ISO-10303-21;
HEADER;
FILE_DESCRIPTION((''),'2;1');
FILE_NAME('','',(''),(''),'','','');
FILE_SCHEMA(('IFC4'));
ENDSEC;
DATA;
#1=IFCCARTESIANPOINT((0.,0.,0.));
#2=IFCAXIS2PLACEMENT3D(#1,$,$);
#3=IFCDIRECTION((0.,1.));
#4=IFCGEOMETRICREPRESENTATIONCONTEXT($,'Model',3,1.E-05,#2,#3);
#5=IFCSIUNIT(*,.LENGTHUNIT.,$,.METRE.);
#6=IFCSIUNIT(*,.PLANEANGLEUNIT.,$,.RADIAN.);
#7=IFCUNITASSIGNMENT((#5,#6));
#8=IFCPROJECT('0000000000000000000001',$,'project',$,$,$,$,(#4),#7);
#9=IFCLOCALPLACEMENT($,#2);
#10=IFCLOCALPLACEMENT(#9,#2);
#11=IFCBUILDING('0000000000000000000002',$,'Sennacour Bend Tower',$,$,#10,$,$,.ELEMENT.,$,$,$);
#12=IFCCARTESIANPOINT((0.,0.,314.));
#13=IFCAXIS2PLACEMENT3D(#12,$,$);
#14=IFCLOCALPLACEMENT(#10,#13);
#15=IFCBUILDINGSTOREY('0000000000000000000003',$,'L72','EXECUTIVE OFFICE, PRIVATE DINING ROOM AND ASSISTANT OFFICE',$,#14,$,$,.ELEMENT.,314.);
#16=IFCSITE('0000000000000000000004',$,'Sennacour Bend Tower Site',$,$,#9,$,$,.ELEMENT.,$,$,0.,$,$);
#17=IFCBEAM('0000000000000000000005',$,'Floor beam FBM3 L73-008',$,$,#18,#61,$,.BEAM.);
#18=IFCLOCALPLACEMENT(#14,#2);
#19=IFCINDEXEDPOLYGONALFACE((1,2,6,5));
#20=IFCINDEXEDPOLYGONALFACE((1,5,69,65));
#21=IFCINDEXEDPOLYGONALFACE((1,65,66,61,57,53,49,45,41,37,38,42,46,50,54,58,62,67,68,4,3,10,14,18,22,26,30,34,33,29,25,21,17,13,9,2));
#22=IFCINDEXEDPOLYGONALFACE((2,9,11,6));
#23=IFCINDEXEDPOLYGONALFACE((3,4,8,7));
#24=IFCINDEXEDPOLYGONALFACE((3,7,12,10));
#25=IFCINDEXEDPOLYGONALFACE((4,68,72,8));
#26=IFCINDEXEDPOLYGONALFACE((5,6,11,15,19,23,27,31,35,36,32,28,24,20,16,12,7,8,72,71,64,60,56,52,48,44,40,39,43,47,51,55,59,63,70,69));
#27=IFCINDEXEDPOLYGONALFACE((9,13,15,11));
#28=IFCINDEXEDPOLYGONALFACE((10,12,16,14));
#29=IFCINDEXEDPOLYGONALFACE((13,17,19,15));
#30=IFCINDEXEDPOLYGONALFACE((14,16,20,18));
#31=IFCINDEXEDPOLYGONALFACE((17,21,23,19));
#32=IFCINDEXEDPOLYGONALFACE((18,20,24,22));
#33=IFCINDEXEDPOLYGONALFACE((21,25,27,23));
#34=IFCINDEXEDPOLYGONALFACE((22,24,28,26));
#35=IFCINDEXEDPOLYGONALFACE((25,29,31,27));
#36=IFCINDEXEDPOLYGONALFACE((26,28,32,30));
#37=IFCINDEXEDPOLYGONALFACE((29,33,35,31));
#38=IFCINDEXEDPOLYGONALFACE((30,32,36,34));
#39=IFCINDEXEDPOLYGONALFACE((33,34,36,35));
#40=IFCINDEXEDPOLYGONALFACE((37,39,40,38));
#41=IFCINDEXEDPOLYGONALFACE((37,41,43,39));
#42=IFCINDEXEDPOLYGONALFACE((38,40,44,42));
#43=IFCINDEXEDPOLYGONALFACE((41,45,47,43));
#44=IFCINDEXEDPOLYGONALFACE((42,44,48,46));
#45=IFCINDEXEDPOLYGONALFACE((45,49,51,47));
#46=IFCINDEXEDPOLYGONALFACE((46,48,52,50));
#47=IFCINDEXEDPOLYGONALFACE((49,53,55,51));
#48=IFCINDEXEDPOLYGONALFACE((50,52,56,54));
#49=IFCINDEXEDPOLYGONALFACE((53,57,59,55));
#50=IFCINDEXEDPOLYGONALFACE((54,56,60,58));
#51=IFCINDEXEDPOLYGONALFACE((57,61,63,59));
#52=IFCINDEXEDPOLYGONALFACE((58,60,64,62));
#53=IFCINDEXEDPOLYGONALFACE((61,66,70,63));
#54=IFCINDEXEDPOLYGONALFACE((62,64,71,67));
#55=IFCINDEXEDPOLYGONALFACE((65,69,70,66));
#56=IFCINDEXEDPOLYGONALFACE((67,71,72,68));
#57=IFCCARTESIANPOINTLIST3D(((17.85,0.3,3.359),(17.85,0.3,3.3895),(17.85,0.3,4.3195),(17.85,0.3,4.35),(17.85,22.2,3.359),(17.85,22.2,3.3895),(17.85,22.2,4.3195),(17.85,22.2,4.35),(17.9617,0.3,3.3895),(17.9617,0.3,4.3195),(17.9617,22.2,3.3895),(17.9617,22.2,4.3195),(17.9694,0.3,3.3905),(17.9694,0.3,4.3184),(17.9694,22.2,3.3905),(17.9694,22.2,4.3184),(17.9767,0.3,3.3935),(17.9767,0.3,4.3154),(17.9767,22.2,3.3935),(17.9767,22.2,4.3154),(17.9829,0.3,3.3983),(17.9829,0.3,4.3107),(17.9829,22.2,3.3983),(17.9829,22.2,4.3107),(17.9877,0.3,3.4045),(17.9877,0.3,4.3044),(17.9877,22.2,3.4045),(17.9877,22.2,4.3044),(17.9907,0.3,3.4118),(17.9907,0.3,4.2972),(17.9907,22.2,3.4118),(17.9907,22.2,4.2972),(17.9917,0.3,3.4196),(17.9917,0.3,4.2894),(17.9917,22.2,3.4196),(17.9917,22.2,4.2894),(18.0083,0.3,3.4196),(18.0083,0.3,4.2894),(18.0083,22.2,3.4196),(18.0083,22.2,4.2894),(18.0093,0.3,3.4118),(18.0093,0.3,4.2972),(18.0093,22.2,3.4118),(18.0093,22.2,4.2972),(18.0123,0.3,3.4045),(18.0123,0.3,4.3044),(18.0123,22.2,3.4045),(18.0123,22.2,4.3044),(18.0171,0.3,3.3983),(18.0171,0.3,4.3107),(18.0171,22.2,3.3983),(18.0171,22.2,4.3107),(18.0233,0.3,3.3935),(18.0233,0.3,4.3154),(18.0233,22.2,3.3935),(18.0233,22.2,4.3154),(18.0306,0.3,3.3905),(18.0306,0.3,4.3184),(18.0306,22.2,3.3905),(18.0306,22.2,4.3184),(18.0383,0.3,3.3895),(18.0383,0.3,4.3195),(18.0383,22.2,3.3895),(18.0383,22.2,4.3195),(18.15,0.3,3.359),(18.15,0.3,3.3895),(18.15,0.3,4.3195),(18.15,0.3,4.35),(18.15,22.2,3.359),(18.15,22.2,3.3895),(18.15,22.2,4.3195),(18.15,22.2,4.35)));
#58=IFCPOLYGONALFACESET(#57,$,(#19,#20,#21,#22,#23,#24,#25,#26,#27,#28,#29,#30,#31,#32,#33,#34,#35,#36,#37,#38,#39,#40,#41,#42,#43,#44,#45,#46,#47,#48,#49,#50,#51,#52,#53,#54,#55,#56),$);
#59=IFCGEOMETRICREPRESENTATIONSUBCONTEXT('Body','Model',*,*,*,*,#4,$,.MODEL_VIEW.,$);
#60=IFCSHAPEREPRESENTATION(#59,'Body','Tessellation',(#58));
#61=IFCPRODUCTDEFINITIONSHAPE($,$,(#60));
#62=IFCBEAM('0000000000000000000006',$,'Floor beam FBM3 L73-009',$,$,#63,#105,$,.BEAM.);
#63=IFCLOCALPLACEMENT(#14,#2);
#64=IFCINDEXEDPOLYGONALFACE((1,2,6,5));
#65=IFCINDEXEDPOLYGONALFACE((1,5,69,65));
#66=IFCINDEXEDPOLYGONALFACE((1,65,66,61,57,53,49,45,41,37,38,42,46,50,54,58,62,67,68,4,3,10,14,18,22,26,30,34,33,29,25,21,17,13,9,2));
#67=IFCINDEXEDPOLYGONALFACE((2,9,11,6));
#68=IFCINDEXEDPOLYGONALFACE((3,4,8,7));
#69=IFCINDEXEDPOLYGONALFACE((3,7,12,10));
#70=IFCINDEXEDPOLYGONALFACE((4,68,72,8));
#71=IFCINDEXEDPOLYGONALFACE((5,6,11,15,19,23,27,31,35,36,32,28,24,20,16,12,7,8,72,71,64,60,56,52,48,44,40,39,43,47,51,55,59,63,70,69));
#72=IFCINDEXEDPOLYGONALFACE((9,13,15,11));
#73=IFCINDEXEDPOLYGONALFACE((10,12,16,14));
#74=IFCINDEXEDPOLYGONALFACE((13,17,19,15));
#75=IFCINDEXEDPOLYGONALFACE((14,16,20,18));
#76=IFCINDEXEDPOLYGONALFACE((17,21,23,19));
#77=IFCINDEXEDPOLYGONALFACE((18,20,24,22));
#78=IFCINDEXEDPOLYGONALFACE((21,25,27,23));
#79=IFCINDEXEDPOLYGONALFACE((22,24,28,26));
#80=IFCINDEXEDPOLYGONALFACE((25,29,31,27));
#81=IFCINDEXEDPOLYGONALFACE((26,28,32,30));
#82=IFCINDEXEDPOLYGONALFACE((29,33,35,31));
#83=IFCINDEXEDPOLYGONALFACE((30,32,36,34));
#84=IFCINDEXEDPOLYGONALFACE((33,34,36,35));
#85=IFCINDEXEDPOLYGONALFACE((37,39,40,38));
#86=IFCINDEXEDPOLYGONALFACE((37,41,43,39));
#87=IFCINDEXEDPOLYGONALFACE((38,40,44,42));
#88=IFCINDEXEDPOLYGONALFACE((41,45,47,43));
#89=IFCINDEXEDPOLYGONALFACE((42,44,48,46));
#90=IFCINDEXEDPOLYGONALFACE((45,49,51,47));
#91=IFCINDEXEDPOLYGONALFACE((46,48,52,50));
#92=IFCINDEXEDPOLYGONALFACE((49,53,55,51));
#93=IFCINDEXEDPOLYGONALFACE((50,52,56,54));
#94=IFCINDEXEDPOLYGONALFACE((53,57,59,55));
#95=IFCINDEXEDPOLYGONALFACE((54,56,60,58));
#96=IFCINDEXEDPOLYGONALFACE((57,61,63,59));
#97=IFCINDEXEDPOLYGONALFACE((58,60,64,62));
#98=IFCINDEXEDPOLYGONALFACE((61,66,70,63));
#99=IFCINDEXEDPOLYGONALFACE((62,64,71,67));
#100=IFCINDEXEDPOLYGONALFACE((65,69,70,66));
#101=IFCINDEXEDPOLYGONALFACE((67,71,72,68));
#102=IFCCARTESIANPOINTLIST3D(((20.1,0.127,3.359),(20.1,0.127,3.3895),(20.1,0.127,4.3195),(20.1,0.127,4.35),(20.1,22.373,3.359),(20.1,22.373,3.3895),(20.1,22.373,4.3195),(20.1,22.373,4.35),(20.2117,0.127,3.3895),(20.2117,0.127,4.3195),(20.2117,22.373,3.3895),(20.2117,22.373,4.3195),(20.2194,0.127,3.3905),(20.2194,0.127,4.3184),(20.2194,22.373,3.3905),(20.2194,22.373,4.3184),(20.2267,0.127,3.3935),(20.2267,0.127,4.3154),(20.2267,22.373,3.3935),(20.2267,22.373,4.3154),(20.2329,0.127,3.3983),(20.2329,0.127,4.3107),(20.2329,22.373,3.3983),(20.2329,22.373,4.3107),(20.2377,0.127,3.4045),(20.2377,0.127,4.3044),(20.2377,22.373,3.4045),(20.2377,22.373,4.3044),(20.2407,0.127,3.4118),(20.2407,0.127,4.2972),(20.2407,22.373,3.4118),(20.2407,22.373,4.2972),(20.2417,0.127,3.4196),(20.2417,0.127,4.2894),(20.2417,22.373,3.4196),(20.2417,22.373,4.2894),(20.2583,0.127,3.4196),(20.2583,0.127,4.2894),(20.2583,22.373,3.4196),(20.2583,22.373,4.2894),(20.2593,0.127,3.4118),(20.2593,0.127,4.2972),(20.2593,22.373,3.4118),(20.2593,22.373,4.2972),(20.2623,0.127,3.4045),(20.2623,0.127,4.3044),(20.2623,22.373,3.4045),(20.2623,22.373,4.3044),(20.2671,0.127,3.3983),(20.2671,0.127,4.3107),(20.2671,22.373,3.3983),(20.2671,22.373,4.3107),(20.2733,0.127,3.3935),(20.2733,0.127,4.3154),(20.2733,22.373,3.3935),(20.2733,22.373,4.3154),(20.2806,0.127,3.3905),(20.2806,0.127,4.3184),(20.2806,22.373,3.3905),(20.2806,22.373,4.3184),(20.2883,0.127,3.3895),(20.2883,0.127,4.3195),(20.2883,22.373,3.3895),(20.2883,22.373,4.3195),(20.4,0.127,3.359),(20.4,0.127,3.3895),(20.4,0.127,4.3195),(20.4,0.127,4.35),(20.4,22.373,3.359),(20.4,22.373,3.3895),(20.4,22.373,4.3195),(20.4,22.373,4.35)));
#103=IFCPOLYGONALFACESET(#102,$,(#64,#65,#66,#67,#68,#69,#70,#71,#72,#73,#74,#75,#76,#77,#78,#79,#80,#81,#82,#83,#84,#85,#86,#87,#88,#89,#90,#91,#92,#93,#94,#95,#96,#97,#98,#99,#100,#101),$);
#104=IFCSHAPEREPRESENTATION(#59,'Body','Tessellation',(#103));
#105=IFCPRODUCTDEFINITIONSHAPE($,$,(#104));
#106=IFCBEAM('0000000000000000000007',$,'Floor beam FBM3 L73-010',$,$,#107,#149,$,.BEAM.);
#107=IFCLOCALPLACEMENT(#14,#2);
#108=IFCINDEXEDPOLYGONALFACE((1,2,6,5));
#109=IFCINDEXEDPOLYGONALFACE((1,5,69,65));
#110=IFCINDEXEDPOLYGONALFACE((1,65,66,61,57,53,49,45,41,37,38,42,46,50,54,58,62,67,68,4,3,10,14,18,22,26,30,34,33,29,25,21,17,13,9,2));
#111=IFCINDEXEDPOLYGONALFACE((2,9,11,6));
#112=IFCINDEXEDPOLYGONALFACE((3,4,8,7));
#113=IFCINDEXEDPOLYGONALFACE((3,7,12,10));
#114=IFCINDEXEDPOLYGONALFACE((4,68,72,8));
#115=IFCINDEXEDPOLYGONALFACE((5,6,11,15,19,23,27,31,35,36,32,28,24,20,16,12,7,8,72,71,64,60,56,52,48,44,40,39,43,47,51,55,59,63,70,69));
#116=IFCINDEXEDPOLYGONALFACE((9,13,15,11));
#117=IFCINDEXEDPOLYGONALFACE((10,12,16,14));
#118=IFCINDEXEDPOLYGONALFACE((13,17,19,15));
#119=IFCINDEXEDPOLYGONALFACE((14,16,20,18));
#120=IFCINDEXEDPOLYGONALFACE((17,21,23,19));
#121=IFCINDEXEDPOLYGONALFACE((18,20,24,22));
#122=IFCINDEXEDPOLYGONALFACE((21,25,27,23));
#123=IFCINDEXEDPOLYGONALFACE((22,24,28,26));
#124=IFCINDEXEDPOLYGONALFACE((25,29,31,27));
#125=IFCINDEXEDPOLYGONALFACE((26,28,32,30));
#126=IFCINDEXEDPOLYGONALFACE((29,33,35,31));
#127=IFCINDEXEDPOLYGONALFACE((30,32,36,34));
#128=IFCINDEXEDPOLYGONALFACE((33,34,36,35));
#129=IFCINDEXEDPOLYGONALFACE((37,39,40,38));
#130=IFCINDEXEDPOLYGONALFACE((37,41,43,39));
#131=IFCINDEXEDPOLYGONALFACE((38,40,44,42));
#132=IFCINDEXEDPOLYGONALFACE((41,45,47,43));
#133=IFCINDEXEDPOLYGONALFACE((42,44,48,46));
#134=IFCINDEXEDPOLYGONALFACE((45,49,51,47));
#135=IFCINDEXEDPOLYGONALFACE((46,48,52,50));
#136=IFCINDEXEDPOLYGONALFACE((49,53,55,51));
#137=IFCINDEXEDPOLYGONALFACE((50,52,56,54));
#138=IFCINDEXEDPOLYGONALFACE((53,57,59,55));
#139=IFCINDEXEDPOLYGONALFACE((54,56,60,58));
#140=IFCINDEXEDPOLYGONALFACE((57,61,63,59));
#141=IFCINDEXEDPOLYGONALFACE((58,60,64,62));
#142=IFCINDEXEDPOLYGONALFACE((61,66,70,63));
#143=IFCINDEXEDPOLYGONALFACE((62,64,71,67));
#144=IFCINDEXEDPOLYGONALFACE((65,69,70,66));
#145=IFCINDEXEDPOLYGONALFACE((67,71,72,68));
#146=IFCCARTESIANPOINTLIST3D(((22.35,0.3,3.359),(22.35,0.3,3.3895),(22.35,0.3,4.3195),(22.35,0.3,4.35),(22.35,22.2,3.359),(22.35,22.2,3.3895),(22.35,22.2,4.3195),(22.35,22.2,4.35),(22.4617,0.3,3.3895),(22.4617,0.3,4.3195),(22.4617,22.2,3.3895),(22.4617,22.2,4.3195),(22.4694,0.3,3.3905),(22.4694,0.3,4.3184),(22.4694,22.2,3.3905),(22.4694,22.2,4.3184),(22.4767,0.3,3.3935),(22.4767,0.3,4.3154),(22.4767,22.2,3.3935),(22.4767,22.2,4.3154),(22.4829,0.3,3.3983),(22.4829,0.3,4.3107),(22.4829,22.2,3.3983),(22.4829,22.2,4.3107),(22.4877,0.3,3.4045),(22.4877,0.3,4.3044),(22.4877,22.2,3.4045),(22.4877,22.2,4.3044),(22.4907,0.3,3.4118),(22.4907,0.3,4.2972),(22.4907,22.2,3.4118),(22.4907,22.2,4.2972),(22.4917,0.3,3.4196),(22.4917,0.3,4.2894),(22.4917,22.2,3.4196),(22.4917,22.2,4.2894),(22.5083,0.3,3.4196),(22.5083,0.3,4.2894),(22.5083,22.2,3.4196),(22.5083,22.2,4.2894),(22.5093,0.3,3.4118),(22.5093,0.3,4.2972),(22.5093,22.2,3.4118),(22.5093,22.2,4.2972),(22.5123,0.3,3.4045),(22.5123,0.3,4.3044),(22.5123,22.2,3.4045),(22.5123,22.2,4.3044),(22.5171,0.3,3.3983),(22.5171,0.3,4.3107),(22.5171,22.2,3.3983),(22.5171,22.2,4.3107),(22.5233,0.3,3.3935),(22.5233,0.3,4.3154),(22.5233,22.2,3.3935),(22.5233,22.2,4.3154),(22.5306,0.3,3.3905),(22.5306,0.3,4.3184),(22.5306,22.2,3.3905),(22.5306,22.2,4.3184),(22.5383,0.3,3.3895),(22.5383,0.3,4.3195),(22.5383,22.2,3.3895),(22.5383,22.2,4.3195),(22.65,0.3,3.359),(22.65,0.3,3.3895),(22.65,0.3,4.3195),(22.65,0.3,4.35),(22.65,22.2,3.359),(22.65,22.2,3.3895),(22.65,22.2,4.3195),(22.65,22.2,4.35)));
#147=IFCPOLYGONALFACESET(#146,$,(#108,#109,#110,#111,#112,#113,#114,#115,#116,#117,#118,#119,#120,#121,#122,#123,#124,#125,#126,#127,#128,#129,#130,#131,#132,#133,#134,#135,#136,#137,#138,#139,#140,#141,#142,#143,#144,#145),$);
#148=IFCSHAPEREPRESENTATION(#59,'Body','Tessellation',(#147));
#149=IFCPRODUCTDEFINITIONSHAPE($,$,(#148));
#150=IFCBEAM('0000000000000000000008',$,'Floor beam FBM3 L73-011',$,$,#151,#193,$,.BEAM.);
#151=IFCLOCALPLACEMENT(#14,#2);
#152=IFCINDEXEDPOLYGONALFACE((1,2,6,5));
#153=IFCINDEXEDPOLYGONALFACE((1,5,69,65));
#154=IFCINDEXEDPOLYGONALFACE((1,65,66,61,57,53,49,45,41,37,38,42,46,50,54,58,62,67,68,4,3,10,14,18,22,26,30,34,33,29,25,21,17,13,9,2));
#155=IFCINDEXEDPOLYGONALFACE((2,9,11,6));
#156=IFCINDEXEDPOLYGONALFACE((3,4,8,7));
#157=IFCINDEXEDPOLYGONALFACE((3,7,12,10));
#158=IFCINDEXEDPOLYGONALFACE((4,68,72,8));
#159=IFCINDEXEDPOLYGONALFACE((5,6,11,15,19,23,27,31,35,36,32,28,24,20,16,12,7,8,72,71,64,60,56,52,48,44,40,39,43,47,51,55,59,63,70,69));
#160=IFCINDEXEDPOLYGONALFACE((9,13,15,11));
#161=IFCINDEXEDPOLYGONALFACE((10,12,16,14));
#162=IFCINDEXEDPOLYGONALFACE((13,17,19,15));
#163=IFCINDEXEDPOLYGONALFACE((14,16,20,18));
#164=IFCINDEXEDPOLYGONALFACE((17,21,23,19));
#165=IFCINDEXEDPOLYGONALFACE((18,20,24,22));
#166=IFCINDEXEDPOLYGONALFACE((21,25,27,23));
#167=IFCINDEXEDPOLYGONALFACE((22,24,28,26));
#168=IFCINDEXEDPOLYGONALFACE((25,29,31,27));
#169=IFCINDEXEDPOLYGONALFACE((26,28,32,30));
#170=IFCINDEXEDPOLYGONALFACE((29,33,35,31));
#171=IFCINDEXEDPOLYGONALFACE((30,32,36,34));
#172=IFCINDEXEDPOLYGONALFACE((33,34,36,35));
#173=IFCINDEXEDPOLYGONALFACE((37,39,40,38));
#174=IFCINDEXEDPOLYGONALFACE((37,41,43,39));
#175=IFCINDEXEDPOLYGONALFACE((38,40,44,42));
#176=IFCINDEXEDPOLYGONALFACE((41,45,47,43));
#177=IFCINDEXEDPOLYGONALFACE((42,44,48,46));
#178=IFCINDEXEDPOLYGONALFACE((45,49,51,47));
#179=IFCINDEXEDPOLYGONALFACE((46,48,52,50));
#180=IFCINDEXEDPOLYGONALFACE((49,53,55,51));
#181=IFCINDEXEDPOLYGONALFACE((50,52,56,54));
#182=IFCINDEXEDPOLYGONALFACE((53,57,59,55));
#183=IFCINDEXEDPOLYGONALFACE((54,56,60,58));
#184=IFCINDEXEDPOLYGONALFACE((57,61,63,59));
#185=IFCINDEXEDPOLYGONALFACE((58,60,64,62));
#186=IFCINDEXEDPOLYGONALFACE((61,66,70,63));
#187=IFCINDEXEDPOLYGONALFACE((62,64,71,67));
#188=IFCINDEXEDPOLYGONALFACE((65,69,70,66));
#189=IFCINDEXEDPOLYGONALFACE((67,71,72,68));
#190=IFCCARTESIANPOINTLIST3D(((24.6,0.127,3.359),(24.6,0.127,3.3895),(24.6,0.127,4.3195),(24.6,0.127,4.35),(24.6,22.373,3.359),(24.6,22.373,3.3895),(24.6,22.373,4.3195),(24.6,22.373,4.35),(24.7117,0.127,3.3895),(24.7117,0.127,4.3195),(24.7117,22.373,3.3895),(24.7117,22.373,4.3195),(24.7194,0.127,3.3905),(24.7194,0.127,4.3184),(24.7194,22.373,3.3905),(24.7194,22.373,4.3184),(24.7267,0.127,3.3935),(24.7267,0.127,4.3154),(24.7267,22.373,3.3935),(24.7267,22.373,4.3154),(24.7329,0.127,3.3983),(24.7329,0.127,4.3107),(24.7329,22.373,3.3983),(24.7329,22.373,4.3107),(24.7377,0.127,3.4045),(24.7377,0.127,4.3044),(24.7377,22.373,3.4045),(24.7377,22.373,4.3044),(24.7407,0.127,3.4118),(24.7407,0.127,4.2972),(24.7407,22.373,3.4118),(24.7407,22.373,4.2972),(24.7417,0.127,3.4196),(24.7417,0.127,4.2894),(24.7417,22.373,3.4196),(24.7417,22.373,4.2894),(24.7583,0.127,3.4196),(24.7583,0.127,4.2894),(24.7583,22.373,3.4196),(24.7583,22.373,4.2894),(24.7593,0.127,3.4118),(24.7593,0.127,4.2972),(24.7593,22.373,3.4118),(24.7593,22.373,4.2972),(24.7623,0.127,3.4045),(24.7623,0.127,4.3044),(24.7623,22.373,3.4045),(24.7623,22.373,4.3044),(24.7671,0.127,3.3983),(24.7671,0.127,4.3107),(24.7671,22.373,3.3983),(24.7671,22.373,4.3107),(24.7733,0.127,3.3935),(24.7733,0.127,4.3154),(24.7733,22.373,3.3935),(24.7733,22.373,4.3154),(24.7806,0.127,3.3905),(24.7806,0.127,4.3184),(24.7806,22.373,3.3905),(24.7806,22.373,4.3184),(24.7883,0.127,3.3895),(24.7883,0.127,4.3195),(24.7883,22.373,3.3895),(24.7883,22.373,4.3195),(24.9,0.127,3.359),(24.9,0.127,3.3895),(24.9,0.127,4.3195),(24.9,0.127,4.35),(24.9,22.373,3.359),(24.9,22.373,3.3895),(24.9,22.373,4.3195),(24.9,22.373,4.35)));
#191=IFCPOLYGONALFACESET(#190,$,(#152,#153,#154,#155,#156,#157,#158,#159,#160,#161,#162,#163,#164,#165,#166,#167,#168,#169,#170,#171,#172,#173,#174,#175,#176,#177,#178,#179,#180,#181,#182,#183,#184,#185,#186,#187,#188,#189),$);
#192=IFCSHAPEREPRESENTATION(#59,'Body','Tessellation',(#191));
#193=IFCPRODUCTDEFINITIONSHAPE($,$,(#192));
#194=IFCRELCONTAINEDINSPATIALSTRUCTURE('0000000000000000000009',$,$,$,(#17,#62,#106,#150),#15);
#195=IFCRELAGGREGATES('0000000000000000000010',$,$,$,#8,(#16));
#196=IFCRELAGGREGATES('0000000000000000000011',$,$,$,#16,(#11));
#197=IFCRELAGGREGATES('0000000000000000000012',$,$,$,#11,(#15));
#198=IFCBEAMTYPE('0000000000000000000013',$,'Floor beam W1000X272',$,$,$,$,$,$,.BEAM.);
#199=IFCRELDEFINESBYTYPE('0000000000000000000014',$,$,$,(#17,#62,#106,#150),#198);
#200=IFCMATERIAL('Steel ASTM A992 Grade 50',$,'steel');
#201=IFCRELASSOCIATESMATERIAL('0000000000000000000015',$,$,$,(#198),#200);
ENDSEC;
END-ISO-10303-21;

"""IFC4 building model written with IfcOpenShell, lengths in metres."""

from ifc_helpers import new_model, si_unit, direction, frame, origin, origin_2d, place, context, subcontext, project, spatial, i_section, extrude, material, material_profile, profile_set, type_object, element, save


model = new_model("IFC4")

# Units and contexts
model_context = context("Model", 3, precision=1e-05, world=origin(), true_north=direction((0.0, 1.0)))
body_context = subcontext(model_context, "Body", "Model", "MODEL_VIEW")
ifc_project = project(units=[si_unit("LENGTHUNIT", "METRE"), si_unit("PLANEANGLEUNIT", "RADIAN")], contexts=[model_context])

# Site, building, storey
site_placement = place(None, origin())
site = spatial("IfcSite", under=ifc_project, at=site_placement, Name="Sennacour Bend Tower Site", CompositionType="ELEMENT", RefElevation=0.0)
building_placement = place(site_placement, origin())
building = spatial("IfcBuilding", under=site, at=building_placement, Name="Sennacour Bend Tower", CompositionType="ELEMENT")
storey_placement = place(building_placement, frame((0.0, 0.0, 314.0)))
storey = spatial("IfcBuildingStorey", under=building, at=storey_placement, Name="L72", Description="EXECUTIVE OFFICE, PRIVATE DINING ROOM AND ASSISTANT OFFICE", CompositionType="ELEMENT", Elevation=314.0)

# Beams
ifc_material_1 = material(Name="Steel ASTM A992 Grade 50", Category="steel")
ifc_material_profile_1 = material_profile(ifc_material_1, i_section(OverallWidth=0.3, OverallDepth=0.991, WebThickness=0.0166, FlangeThickness=0.0305, FilletRadius=0.03, at=origin_2d()), Name="Steel ASTM A992 Grade 50", Category="steel")
ifc_profile_set_1 = profile_set([ifc_material_profile_1], Name="Steel ASTM A992 Grade 50")
beam_type_1 = type_object("IfcBeamType", Name="Floor beam W1000X272", PredefinedType="BEAM", material=ifc_profile_set_1)
beam_1_placement = place(storey_placement, frame((18.0, 0.3, 3.8545), z_axis=(0.0, 1.0, 0.0), x_axis=(-1.0, 0.0, 0.0)))
element("IfcBeam", 1, at=beam_1_placement, inside=storey, type_object=beam_type_1, Name="Floor beam FBM3 L73-008", PredefinedType="BEAM", context=body_context, shape_type="SweptSolid", body=[
    extrude(i_section(OverallWidth=0.3, OverallDepth=0.991, WebThickness=0.0166, FlangeThickness=0.0305, FilletRadius=0.03, at=origin_2d()), origin(), (0.0, 0.0, 1.0), 21.8999),
])
beam_2_placement = place(storey_placement, frame((20.25, 0.127, 3.8545), z_axis=(0.0, 1.0, 0.0), x_axis=(-1.0, 0.0, 0.0)))
element("IfcBeam", 2, at=beam_2_placement, inside=storey, type_object=beam_type_1, Name="Floor beam FBM3 L73-009", PredefinedType="BEAM", context=body_context, shape_type="SweptSolid", body=[
    extrude(i_section(OverallWidth=0.3, OverallDepth=0.991, WebThickness=0.0166, FlangeThickness=0.0305, FilletRadius=0.03, at=origin_2d()), origin(), (0.0, 0.0, 1.0), 22.2461),
])
beam_3_placement = place(storey_placement, frame((22.5, 0.3, 3.8545), z_axis=(0.0, 1.0, 0.0), x_axis=(-1.0, 0.0, 0.0)))
element("IfcBeam", 3, at=beam_3_placement, inside=storey, type_object=beam_type_1, Name="Floor beam FBM3 L73-010", PredefinedType="BEAM", context=body_context, shape_type="SweptSolid", body=[
    extrude(i_section(OverallWidth=0.3, OverallDepth=0.991, WebThickness=0.0166, FlangeThickness=0.0305, FilletRadius=0.03, at=origin_2d()), origin(), (0.0, 0.0, 1.0), 21.8999),
])
beam_4_placement = place(storey_placement, frame((24.75, 0.127, 3.8545), z_axis=(0.0, 1.0, 0.0), x_axis=(-1.0, 0.0, 0.0)))
element("IfcBeam", 4, at=beam_4_placement, inside=storey, type_object=beam_type_1, Name="Floor beam FBM3 L73-011", PredefinedType="BEAM", context=body_context, shape_type="SweptSolid", body=[
    extrude(i_section(OverallWidth=0.3, OverallDepth=0.991, WebThickness=0.0166, FlangeThickness=0.0305, FilletRadius=0.03, at=origin_2d()), origin(), (0.0, 0.0, 1.0), 22.2461),
])

save(model, "model.ifc")
